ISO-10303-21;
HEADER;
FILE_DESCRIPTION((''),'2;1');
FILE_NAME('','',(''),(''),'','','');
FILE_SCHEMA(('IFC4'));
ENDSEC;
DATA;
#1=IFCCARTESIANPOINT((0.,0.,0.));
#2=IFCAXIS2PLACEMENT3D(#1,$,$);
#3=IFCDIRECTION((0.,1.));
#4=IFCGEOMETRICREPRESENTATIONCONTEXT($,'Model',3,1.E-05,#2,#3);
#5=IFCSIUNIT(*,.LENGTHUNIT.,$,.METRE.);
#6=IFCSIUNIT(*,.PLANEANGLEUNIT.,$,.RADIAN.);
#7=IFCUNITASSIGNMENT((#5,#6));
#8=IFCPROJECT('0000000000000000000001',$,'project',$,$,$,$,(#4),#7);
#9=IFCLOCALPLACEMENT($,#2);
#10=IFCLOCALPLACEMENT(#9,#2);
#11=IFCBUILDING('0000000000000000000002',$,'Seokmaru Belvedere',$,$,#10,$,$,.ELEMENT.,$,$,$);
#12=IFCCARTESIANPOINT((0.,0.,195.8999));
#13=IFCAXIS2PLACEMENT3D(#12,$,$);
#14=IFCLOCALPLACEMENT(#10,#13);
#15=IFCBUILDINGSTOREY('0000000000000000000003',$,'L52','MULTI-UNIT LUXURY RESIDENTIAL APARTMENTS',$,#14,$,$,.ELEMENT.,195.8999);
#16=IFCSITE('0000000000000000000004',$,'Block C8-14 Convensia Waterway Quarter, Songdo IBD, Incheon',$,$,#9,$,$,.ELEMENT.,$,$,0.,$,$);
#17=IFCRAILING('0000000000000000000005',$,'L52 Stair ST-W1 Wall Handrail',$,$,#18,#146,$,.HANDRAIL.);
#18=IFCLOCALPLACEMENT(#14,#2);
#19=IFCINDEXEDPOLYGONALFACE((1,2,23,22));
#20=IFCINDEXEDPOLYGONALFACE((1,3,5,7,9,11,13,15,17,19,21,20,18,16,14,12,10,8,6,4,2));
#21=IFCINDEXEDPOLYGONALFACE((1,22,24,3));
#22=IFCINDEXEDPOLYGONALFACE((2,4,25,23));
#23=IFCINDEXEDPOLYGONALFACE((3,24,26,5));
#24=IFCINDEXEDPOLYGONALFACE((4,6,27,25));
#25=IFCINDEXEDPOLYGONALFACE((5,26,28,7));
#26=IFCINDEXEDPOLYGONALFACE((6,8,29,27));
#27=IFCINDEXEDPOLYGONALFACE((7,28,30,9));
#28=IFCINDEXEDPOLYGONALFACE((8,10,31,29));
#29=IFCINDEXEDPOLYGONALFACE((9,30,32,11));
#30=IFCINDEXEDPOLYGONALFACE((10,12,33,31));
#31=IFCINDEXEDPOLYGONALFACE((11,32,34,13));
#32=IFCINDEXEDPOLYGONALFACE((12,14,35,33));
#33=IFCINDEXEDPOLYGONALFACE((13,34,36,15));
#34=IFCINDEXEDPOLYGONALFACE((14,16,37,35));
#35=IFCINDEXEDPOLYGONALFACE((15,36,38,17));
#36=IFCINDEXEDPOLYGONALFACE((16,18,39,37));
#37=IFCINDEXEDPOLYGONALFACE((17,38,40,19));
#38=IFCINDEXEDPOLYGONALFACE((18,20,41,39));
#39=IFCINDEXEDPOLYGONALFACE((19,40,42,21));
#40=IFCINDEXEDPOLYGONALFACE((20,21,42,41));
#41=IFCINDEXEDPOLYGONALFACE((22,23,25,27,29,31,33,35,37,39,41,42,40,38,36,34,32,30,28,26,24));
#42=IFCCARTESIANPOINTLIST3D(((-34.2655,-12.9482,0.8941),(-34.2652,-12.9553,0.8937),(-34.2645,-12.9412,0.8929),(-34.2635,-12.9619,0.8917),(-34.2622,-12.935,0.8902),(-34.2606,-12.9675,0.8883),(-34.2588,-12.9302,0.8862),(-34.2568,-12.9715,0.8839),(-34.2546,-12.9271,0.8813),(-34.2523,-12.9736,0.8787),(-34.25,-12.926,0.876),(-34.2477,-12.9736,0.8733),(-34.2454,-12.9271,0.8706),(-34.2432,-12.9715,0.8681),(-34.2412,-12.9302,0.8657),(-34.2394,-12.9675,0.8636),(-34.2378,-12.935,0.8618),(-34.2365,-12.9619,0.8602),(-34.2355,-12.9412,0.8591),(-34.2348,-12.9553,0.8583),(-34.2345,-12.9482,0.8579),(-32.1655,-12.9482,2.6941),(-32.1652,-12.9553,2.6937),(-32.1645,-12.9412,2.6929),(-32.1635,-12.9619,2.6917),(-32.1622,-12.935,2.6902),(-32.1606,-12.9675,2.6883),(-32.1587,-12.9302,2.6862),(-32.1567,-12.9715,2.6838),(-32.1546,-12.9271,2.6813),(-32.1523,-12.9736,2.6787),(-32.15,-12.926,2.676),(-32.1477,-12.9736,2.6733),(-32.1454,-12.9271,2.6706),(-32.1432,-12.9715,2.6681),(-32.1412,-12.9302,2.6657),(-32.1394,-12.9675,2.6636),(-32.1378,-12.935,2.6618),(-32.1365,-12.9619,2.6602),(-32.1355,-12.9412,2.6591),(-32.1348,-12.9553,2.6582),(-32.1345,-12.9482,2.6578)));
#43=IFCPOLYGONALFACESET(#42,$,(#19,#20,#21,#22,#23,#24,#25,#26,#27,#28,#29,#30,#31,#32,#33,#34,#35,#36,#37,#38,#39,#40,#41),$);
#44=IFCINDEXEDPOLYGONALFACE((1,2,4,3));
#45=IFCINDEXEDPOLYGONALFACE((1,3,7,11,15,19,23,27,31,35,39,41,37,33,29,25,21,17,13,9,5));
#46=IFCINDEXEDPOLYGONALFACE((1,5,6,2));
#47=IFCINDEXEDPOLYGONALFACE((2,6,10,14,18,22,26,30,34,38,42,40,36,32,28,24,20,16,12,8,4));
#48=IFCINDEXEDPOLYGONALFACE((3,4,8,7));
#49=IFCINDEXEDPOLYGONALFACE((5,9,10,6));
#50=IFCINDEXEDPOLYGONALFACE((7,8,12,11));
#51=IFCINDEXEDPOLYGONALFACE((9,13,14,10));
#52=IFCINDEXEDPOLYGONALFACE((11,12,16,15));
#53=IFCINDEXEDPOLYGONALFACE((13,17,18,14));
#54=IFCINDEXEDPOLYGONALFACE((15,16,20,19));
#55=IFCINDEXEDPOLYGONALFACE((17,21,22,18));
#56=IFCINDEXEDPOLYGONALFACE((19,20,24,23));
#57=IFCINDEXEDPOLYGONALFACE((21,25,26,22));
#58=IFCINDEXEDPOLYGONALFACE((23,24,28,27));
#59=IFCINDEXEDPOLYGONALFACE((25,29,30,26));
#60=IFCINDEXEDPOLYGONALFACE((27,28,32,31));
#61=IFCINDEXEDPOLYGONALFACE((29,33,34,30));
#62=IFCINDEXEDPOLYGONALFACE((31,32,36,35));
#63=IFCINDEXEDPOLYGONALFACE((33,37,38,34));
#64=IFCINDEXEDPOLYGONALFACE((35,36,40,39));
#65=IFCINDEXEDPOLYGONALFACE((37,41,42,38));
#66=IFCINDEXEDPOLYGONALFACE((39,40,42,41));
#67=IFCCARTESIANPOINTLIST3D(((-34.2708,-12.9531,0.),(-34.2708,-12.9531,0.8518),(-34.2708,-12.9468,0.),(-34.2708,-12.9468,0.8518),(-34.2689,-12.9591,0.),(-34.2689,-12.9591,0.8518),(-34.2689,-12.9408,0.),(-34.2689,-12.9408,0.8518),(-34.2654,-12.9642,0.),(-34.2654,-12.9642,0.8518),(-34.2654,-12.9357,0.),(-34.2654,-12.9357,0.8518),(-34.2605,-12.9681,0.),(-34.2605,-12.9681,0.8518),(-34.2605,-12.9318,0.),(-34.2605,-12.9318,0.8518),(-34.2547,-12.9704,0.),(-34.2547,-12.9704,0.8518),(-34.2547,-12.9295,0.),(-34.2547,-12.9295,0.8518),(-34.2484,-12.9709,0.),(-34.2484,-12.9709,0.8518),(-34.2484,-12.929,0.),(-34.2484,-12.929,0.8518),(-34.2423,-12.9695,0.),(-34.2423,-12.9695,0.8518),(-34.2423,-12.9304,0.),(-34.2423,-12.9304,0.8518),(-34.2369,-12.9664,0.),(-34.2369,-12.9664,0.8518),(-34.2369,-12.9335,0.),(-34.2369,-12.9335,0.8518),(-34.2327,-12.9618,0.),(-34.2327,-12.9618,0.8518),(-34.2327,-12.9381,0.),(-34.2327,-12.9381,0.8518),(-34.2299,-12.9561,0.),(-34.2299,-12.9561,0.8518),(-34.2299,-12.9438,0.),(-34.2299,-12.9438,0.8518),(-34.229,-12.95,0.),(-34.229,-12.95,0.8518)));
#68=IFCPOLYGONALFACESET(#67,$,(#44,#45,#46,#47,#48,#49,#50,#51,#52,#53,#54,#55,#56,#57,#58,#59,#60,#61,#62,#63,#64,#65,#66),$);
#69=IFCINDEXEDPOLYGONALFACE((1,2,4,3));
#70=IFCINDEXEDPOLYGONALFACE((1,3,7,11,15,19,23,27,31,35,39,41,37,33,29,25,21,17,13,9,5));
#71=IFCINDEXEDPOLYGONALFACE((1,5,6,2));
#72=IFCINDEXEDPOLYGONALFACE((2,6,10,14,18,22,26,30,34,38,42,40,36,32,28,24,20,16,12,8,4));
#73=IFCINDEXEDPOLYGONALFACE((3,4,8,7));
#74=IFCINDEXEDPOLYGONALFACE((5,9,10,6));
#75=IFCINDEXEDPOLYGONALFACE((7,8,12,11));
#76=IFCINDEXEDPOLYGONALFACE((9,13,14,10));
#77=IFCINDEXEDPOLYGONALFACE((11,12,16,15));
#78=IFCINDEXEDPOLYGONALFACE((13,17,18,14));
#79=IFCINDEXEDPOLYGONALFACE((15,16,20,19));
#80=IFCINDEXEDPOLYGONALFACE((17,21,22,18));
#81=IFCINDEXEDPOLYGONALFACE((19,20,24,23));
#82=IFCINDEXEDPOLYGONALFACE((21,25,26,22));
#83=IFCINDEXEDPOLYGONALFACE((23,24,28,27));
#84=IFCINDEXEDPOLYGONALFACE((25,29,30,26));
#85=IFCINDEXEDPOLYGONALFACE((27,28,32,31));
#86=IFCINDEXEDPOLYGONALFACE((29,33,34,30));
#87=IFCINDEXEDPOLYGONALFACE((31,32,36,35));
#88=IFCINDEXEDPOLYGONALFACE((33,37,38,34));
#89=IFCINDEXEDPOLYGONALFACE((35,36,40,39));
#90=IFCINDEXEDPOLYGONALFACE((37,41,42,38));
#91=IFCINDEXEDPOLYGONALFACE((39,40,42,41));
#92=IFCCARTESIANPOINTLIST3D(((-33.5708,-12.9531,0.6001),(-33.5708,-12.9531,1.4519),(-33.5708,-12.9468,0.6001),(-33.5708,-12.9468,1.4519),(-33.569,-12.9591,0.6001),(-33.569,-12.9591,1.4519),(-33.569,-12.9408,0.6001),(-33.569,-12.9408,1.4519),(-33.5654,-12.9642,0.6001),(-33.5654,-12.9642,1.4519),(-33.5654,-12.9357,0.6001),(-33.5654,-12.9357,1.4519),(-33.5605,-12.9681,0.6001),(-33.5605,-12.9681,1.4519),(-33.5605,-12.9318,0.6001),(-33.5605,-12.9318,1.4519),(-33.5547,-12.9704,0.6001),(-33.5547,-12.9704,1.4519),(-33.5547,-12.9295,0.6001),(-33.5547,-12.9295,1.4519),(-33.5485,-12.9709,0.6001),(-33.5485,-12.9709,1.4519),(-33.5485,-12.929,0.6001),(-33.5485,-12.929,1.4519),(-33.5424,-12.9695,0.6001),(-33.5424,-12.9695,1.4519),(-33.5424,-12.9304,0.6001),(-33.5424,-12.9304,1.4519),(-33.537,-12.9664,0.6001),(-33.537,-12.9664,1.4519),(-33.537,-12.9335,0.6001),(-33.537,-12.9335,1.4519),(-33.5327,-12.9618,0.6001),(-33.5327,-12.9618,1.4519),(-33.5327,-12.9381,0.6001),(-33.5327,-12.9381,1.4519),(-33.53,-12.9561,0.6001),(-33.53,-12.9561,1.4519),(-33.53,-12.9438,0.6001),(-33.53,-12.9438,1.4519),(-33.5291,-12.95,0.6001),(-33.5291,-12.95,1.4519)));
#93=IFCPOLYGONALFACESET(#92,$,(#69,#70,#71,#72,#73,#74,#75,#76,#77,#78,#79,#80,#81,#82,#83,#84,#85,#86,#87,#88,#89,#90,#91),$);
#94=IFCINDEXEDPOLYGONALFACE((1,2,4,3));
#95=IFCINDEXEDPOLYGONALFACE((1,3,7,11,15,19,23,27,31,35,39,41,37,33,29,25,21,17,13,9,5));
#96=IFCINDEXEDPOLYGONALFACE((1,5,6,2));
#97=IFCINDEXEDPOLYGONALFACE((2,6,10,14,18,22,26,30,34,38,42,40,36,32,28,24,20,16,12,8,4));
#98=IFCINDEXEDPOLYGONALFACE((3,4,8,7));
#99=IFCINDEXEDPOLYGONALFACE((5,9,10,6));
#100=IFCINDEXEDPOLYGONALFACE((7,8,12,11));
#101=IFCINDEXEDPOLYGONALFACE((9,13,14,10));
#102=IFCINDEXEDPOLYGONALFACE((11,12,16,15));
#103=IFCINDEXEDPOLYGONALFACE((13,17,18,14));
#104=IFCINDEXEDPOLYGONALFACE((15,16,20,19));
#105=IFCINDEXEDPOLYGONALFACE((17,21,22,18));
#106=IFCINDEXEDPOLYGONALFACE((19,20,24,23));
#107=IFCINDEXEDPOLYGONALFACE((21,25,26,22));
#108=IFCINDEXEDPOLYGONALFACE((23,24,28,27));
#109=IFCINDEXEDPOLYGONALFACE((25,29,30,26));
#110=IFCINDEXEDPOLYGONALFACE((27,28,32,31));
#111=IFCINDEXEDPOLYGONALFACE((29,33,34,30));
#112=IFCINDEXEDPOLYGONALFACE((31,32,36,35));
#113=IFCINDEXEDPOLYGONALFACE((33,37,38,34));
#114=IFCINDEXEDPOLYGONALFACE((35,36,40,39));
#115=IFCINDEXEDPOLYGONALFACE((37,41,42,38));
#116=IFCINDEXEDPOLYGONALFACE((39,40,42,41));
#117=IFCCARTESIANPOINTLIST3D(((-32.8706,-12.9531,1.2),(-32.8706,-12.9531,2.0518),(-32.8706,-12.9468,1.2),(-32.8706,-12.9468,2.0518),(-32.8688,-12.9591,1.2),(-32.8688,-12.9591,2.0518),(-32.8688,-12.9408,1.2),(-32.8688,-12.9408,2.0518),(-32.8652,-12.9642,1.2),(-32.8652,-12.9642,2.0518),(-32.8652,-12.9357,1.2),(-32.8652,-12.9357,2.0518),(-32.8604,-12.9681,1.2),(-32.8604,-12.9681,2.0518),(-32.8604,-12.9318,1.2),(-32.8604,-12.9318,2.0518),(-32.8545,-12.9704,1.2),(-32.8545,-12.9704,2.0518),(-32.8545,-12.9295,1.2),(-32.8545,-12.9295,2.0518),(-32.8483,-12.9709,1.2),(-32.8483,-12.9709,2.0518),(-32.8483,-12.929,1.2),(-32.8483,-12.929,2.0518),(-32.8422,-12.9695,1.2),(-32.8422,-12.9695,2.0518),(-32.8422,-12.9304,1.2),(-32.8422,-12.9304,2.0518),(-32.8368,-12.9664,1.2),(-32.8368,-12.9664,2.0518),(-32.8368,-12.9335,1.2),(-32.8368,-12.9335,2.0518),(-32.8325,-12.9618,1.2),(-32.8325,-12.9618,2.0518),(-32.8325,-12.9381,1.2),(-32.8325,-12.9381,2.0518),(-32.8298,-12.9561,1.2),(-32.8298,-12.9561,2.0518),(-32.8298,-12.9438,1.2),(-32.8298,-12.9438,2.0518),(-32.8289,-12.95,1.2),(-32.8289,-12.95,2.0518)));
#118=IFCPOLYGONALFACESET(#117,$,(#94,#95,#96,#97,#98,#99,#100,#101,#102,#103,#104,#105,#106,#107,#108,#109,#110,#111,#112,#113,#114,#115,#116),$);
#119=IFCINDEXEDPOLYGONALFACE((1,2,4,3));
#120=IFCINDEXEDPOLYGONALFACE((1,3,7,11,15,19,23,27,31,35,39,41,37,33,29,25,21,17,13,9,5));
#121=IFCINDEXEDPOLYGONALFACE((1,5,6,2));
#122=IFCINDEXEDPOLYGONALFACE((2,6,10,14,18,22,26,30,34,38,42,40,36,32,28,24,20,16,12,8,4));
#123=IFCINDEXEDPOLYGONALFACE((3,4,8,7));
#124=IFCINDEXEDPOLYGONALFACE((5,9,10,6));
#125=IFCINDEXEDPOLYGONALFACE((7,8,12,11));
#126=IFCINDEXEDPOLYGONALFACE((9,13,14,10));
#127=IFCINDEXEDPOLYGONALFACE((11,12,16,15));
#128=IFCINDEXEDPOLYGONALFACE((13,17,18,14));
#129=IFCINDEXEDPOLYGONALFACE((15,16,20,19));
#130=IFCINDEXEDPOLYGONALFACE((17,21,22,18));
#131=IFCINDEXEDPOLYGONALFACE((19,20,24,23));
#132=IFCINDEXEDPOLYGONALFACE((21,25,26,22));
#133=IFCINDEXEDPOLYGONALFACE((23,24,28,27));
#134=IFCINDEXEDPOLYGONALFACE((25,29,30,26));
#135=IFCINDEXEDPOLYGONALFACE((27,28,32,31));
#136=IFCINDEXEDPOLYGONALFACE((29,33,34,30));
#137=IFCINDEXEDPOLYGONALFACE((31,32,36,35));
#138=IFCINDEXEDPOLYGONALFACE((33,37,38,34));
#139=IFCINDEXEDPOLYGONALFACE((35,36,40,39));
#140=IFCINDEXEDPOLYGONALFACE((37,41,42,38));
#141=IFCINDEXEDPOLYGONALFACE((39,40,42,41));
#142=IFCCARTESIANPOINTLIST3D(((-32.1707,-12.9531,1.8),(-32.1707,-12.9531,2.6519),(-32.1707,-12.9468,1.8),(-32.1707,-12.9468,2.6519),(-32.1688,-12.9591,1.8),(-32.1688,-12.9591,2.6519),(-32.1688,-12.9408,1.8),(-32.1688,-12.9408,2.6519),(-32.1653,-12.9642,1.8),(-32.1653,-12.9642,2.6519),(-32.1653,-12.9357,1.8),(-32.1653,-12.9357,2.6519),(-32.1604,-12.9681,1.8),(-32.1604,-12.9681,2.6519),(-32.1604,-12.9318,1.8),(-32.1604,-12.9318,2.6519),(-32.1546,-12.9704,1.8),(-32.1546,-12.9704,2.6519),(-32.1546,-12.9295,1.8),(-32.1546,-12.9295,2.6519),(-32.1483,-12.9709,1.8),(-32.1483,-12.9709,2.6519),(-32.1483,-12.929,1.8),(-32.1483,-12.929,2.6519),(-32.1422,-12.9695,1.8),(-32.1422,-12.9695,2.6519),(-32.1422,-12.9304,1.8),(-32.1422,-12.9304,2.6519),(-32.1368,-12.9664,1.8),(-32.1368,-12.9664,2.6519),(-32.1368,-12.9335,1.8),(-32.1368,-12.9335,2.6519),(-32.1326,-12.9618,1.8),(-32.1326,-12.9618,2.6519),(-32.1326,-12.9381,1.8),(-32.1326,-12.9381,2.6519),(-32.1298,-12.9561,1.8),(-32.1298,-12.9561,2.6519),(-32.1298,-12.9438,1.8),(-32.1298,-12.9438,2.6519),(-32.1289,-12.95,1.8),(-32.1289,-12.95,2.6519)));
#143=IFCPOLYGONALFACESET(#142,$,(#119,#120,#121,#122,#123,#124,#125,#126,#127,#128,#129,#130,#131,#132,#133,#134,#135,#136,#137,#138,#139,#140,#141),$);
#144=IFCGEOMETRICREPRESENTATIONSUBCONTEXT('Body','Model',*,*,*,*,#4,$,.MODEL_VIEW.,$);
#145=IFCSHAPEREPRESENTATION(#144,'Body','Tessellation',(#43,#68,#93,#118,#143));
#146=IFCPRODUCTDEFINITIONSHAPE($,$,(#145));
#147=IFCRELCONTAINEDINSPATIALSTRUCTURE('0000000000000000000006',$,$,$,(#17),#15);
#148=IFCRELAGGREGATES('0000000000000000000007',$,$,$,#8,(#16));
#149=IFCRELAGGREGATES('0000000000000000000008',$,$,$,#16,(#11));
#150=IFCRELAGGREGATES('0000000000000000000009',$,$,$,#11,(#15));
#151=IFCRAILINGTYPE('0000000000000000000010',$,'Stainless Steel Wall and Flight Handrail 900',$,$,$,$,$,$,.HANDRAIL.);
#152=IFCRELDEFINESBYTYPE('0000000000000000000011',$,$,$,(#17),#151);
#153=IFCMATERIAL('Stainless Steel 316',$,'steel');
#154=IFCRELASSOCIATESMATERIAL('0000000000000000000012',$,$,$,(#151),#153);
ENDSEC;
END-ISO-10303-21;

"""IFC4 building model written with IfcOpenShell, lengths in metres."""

from ifc_helpers import new_model, si_unit, direction, frame, origin, origin_2d, place, context, subcontext, project, spatial, circle, extrude, material, type_object, element, save


model = new_model("IFC4")

# Units and contexts
model_context = context("Model", 3, precision=1e-05, world=origin(), true_north=direction((0.0, 1.0)))
body_context = subcontext(model_context, "Body", "Model", "MODEL_VIEW")
ifc_project = project(units=[si_unit("LENGTHUNIT", "METRE"), si_unit("PLANEANGLEUNIT", "RADIAN")], contexts=[model_context])

# Site, building, storey
site_placement = place(None, origin())
site = spatial("IfcSite", under=ifc_project, at=site_placement, Name="Block C8-14 Convensia Waterway Quarter, Songdo IBD, Incheon", CompositionType="ELEMENT", RefElevation=0.0)
building_placement = place(site_placement, origin())
building = spatial("IfcBuilding", under=site, at=building_placement, Name="Seokmaru Belvedere", CompositionType="ELEMENT")
storey_placement = place(building_placement, frame((0.0, 0.0, 195.8999)))
storey = spatial("IfcBuildingStorey", under=building, at=storey_placement, Name="L52", Description="MULTI-UNIT LUXURY RESIDENTIAL APARTMENTS", CompositionType="ELEMENT", Elevation=195.8999)

# Railing
ifc_material_1 = material(Name="Stainless Steel 316", Category="steel")
railing_type_1 = type_object("IfcRailingType", Name="Stainless Steel Wall and Flight Handrail 900", PredefinedType="HANDRAIL", material=ifc_material_1)
railing_1_placement = place(storey_placement, frame((-34.25, -12.95, 0.0)))
element("IfcRailing", 1, at=railing_1_placement, inside=storey, type_object=railing_type_1, Name="L52 Stair ST-W1 Wall Handrail", PredefinedType="HANDRAIL", context=body_context, shape_type="SweptSolid", body=[
    extrude(circle(Radius=0.0239, at=origin_2d()), frame((0.0, 0.0, 0.876), z_axis=(0.759263, 0.0, 0.650784), x_axis=(0.0, 1.0, 0.0)), (0.0, 0.0, 1.0), 2.7659),
    extrude(circle(Radius=0.021, at=origin_2d()), origin(), (0.0, 0.0, 1.0), 0.8518),
    extrude(circle(Radius=0.021, at=origin_2d()), frame((0.7, 0.0, 0.6001)), (0.0, 0.0, 1.0), 0.8518),
    extrude(circle(Radius=0.021, at=origin_2d()), frame((1.4001, 0.0, 1.2)), (0.0, 0.0, 1.0), 0.8518),
    extrude(circle(Radius=0.021, at=origin_2d()), frame((2.1001, 0.0, 1.8)), (0.0, 0.0, 1.0), 0.8518),
])

save(model, "model.ifc")
